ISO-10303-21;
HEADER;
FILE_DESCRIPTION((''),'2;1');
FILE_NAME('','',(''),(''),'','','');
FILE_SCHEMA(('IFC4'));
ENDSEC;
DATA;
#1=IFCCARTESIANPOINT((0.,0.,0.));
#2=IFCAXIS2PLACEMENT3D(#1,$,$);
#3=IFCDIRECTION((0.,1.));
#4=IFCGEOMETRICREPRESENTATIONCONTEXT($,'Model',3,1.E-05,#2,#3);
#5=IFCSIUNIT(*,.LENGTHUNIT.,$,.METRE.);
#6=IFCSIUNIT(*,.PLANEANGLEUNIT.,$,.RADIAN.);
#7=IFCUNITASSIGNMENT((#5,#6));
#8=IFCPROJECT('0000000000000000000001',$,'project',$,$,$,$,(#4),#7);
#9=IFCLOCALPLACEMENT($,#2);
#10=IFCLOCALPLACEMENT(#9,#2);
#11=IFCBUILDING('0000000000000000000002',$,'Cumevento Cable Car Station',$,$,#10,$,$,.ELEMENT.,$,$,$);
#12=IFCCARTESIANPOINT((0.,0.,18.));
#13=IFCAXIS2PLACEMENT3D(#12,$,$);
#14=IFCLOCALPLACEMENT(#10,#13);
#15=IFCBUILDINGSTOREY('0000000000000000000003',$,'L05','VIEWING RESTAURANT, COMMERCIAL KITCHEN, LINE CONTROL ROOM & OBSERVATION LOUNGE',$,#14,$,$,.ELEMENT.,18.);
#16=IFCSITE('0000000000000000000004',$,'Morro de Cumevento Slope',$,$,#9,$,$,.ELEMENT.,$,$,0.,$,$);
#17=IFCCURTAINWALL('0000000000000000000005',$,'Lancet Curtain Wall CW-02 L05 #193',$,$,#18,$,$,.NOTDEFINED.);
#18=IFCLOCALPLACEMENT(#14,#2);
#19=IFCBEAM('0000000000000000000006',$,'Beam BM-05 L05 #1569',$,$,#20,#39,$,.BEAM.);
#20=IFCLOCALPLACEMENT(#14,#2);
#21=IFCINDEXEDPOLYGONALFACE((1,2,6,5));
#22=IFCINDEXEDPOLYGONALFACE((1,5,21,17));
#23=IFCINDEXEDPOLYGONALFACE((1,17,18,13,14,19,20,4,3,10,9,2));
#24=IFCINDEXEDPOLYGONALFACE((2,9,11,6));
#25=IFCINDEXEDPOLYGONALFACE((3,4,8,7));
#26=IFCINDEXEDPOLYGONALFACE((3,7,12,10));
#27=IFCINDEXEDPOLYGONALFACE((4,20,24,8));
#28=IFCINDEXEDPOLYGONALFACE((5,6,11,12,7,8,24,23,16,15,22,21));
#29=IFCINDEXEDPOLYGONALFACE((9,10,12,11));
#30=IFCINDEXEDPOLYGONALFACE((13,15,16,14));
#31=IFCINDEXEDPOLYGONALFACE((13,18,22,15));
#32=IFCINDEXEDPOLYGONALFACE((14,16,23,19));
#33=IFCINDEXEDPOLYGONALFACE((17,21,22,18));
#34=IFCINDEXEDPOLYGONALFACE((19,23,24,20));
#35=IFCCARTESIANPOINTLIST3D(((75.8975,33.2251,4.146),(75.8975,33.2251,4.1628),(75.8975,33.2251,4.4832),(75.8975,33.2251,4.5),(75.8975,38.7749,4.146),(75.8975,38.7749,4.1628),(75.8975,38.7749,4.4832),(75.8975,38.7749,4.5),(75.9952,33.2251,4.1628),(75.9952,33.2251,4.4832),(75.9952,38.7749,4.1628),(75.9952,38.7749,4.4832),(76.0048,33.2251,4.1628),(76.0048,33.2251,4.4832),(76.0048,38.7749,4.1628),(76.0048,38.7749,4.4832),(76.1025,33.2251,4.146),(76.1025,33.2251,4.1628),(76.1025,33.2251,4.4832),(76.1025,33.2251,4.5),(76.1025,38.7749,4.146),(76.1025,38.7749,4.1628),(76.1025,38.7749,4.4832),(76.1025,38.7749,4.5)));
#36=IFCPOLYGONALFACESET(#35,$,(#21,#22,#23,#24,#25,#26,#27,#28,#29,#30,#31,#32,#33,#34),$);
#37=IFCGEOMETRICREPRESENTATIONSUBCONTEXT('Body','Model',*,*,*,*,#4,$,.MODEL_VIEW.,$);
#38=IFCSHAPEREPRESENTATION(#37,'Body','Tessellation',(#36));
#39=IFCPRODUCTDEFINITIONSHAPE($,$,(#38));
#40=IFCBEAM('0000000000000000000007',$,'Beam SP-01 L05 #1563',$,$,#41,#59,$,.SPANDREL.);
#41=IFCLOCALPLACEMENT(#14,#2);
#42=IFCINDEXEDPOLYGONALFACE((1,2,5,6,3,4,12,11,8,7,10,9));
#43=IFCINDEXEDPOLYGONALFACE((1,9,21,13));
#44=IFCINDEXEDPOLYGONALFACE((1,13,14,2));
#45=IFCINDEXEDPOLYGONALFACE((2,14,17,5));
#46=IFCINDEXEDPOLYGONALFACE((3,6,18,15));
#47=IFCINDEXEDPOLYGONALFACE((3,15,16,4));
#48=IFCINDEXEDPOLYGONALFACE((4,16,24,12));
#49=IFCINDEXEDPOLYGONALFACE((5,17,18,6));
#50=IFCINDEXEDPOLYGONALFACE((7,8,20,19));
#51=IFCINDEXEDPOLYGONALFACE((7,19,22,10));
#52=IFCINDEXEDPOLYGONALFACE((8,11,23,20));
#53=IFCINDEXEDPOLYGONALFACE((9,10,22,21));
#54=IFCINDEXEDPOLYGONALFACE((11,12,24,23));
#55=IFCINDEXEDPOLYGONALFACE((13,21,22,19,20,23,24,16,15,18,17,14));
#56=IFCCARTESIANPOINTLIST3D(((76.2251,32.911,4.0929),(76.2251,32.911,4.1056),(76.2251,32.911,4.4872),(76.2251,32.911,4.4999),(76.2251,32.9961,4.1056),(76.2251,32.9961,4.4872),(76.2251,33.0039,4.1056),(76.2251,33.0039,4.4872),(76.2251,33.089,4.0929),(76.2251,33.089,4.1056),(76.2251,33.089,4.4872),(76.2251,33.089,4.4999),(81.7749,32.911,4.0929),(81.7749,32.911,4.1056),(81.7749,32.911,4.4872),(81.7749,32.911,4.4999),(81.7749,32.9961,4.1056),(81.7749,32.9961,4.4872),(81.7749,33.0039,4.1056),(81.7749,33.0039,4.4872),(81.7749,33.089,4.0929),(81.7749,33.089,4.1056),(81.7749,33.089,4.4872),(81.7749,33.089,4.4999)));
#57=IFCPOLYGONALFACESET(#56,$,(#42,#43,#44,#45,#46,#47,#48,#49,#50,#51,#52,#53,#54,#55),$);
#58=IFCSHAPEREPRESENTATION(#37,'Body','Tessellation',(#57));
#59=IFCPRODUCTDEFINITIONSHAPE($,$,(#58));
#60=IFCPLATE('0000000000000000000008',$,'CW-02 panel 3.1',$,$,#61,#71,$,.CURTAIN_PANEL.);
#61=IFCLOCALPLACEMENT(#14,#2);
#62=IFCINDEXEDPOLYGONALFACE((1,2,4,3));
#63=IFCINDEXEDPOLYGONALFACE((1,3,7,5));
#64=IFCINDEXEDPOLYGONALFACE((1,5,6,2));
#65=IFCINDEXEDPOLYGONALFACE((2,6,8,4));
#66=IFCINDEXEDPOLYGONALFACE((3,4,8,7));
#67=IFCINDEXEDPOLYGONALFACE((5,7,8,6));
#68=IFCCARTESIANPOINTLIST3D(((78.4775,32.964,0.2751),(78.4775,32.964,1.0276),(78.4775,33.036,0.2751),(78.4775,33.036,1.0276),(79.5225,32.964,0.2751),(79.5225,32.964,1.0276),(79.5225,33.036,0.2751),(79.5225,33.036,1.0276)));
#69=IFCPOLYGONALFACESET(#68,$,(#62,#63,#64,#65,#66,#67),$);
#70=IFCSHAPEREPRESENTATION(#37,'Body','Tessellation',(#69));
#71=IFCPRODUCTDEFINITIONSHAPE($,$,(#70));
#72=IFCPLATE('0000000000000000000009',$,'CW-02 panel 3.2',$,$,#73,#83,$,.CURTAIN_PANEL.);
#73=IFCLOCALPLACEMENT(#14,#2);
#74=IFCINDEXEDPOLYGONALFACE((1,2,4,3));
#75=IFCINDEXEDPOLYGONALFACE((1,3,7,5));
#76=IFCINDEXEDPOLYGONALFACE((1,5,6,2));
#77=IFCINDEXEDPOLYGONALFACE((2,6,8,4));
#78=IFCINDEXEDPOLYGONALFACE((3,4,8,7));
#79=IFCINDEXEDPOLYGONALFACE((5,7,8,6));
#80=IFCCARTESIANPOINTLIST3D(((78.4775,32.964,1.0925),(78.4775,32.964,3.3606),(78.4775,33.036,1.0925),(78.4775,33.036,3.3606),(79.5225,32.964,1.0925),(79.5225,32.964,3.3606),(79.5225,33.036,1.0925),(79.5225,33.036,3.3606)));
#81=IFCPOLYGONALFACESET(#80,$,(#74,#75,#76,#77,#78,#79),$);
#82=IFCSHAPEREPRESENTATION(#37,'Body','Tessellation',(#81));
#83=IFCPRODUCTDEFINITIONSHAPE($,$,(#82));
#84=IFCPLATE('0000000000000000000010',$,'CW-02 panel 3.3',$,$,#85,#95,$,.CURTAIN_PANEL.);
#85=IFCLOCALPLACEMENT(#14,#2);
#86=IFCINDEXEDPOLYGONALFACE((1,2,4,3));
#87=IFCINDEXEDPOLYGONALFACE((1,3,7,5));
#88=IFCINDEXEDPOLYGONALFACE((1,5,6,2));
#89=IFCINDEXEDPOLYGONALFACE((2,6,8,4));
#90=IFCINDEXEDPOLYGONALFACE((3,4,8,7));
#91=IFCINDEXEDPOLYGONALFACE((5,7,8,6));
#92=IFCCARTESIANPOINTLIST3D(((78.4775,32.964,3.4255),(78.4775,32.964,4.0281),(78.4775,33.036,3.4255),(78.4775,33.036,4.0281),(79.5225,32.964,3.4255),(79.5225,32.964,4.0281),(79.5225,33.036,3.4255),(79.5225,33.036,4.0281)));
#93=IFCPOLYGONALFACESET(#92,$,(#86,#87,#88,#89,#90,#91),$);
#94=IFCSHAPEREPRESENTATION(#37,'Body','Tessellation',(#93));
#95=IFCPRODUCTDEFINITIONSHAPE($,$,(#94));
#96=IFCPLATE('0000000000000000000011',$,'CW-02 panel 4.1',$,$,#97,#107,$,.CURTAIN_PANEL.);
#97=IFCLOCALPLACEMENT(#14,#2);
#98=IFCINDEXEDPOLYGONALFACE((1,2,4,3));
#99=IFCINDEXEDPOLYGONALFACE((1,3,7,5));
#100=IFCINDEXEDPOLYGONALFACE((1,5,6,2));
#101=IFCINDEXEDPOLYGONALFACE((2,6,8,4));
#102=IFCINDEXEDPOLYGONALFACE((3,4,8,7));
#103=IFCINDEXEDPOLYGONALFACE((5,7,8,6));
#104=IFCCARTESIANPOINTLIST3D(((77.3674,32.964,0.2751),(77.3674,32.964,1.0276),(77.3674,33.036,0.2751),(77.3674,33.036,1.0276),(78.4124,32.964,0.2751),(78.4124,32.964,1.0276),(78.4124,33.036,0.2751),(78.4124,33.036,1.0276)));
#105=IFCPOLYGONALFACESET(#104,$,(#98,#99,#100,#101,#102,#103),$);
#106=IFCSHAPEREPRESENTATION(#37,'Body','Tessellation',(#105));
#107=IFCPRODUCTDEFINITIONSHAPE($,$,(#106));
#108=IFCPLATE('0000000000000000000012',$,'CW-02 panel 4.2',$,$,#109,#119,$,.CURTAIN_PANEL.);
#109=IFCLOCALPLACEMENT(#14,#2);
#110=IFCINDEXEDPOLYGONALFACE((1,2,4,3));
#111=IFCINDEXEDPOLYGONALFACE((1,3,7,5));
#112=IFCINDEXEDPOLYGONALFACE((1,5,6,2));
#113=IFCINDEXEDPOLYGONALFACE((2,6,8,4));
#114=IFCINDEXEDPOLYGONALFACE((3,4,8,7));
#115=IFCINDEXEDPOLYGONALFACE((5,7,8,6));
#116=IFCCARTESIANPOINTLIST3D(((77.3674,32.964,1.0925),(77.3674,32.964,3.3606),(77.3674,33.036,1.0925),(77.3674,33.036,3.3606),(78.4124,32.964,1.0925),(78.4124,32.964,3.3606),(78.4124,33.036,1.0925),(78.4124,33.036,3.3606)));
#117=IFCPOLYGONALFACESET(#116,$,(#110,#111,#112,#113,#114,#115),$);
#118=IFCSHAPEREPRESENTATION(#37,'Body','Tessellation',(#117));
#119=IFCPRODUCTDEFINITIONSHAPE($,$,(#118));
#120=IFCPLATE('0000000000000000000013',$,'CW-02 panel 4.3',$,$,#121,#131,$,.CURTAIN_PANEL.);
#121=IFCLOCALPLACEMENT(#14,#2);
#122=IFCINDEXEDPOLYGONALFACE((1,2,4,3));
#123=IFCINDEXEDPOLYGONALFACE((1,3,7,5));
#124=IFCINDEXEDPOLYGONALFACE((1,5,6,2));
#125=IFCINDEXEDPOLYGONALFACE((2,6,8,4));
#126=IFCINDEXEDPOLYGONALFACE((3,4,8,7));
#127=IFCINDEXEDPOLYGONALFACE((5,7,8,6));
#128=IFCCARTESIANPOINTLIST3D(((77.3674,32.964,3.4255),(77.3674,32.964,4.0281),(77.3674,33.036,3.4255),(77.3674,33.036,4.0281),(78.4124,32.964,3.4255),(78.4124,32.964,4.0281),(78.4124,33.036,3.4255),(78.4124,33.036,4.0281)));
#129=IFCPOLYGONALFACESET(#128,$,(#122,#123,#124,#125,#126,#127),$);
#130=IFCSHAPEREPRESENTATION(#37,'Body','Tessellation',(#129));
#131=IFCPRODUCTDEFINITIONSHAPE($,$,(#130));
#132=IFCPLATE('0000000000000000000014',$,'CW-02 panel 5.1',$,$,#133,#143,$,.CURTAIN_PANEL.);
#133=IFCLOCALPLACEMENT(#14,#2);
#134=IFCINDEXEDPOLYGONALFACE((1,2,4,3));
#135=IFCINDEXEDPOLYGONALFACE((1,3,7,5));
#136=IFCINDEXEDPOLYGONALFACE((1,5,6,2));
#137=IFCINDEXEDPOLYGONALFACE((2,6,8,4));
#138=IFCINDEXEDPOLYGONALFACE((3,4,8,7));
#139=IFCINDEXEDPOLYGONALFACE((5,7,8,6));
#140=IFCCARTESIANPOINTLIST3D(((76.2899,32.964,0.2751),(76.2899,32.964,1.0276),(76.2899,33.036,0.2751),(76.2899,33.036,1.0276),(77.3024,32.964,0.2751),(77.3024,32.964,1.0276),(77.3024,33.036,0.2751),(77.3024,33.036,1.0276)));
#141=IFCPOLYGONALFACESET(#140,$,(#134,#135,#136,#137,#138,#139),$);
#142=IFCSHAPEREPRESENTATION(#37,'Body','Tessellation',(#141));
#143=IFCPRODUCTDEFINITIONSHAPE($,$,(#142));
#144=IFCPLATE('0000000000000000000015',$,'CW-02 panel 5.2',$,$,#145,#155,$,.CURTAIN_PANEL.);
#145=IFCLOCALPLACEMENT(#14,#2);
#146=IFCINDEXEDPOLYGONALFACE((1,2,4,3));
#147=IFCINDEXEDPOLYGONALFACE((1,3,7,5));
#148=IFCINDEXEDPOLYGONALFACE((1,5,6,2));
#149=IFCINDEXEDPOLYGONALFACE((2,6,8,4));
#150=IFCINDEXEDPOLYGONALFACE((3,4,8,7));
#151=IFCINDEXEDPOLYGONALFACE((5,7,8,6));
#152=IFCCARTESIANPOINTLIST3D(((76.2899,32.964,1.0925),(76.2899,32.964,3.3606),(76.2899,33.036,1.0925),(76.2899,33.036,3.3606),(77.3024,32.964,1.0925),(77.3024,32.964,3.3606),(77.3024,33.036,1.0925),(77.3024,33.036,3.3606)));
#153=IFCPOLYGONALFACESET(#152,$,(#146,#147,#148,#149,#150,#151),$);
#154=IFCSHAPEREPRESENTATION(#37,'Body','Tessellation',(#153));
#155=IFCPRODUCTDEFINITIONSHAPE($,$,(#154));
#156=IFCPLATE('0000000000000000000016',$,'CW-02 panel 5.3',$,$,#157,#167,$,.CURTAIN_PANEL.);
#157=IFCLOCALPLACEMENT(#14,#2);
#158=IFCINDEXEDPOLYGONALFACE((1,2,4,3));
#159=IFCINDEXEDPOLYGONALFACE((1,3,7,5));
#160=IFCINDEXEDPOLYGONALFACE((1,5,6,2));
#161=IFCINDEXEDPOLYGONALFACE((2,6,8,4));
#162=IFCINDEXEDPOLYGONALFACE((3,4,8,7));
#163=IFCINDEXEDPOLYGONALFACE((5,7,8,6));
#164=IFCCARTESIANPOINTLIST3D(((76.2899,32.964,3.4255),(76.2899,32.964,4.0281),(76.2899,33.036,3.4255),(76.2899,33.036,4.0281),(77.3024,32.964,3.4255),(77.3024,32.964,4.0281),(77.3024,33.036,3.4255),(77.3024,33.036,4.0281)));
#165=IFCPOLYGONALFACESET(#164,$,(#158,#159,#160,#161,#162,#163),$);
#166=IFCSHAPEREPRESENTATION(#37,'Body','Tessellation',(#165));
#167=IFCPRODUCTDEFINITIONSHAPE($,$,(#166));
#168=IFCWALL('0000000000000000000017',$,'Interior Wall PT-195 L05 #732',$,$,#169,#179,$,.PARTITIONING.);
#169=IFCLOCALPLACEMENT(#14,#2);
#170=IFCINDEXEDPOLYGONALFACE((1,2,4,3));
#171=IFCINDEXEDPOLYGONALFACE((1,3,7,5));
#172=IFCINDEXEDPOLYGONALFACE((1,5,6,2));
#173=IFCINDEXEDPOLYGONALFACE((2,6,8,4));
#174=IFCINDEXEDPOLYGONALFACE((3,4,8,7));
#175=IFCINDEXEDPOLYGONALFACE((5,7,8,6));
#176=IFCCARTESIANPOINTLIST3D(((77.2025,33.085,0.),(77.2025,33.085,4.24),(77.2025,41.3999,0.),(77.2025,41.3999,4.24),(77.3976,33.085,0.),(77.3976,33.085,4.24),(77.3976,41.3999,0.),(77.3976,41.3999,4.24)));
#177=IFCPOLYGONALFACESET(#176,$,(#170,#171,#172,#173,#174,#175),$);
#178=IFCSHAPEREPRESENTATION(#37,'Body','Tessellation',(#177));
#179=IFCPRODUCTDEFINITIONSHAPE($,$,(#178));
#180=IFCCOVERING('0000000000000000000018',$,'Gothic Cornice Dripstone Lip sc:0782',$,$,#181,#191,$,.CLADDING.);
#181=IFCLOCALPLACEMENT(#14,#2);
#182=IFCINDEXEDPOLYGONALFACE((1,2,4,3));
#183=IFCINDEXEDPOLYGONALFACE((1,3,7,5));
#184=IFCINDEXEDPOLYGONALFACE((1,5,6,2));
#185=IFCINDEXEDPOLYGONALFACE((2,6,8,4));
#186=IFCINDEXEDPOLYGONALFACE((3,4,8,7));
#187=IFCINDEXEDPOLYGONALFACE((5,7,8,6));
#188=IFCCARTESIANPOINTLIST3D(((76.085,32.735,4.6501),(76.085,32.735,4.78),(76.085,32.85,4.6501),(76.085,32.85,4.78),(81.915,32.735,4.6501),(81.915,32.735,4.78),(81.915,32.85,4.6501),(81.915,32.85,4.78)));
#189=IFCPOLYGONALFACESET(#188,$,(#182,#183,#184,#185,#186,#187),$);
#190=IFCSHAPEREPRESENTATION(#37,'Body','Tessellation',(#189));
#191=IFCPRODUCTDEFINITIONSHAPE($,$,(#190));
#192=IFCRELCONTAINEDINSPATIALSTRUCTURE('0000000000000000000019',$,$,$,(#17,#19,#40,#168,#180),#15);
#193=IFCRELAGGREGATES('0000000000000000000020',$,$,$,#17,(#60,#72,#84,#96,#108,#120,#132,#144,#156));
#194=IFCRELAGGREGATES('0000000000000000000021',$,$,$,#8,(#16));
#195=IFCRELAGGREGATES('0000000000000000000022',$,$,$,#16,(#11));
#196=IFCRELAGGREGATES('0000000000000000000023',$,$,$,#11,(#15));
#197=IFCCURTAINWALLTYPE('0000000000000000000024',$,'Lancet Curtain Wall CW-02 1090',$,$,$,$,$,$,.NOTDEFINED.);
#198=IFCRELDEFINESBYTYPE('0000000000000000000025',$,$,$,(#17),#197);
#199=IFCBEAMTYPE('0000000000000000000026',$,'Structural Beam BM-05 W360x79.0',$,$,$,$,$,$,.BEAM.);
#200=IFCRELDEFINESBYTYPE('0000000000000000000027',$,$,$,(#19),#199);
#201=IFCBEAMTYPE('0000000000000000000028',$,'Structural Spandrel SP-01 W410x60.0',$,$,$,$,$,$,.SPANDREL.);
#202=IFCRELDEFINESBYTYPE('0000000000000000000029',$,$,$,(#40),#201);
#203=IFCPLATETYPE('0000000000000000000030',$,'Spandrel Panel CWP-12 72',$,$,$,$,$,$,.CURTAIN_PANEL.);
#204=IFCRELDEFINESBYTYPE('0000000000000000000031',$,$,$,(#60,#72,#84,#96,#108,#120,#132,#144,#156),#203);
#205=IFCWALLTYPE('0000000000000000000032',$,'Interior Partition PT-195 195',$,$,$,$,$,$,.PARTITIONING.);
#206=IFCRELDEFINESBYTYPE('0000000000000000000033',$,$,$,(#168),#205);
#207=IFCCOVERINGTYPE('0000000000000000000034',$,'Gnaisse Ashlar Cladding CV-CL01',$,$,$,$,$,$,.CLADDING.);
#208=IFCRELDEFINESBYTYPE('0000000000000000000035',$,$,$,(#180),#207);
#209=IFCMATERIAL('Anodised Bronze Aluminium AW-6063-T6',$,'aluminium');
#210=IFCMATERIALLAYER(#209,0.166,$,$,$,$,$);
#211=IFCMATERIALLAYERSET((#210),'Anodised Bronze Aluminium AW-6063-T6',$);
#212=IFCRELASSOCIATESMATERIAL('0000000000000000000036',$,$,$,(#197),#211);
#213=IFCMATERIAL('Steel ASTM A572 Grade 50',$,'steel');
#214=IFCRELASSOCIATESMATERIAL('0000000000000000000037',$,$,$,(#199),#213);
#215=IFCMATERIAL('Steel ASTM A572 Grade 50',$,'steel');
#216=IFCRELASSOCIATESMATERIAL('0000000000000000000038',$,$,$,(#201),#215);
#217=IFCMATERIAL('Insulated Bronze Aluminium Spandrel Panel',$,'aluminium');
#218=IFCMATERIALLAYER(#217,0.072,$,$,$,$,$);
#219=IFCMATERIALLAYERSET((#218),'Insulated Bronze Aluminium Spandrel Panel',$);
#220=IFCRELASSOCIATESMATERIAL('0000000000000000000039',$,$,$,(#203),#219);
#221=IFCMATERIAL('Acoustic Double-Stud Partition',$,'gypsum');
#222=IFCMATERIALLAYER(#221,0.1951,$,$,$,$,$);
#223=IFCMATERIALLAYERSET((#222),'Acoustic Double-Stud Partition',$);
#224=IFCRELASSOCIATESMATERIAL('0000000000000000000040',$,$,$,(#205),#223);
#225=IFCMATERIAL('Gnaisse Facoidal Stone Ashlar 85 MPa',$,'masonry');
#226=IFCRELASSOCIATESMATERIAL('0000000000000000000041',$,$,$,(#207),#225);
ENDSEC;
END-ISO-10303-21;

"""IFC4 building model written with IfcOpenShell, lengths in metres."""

from ifc_helpers import new_model, si_unit, direction, frame, frame_2d, origin, origin_2d, place, context, subcontext, project, spatial, rectangle, i_section, extrude, material, layer, layer_set, material_profile, profile_set, type_object, element, aggregate, save


model = new_model("IFC4")

# Units and contexts
model_context = context("Model", 3, precision=1e-05, world=origin(), true_north=direction((0.0, 1.0)))
body_context = subcontext(model_context, "Body", "Model", "MODEL_VIEW")
ifc_project = project(units=[si_unit("LENGTHUNIT", "METRE"), si_unit("PLANEANGLEUNIT", "RADIAN")], contexts=[model_context])

# Site, building, storey
site_placement = place(None, origin())
site = spatial("IfcSite", under=ifc_project, at=site_placement, Name="Morro de Cumevento Slope", CompositionType="ELEMENT", RefElevation=0.0)
building_placement = place(site_placement, origin())
building = spatial("IfcBuilding", under=site, at=building_placement, Name="Cumevento Cable Car Station", CompositionType="ELEMENT")
storey_placement = place(building_placement, frame((0.0, 0.0, 18.0)))
storey = spatial("IfcBuildingStorey", under=building, at=storey_placement, Name="L05", Description="VIEWING RESTAURANT, COMMERCIAL KITCHEN, LINE CONTROL ROOM & OBSERVATION LOUNGE", CompositionType="ELEMENT", Elevation=18.0)

# Curtain wall
ifc_material_1 = material(Name="Anodised Bronze Aluminium AW-6063-T6", Category="aluminium")
ifc_layer_1 = layer(ifc_material_1, 0.166)
ifc_layer_set_1 = layer_set([ifc_layer_1], Name="Anodised Bronze Aluminium AW-6063-T6")
curtain_wall_type = type_object("IfcCurtainWallType", Name="Lancet Curtain Wall CW-02 1090", PredefinedType="NOTDEFINED", material=ifc_layer_set_1)
curtain_wall_placement = place(storey_placement, origin())
curtain_wall = element("IfcCurtainWall", 1, at=curtain_wall_placement, inside=storey, type_object=curtain_wall_type, Name="Lancet Curtain Wall CW-02 L05 #193", PredefinedType="NOTDEFINED")

# Beams
ifc_material_2 = material(Name="Steel ASTM A572 Grade 50", Category="steel")
ifc_material_profile_1 = material_profile(ifc_material_2, i_section(OverallWidth=0.2051, OverallDepth=0.354, WebThickness=0.0095, FlangeThickness=0.0168, at=origin_2d()), Name="W360x79.0")
ifc_profile_set_1 = profile_set([ifc_material_profile_1], Name="Steel ASTM A572 Grade 50")
beam_type_1 = type_object("IfcBeamType", Name="Structural Beam BM-05 W360x79.0", PredefinedType="BEAM", material=ifc_profile_set_1)
beam_1_placement = place(storey_placement, frame((76.0, 33.2251, 4.323), z_axis=(0.0, 1.0, 0.0), x_axis=(-1.0, 0.0, 0.0)))
element("IfcBeam", 2, at=beam_1_placement, inside=storey, type_object=beam_type_1, Name="Beam BM-05 L05 #1569", PredefinedType="BEAM", context=body_context, shape_type="SweptSolid", body=[
    extrude(i_section(OverallWidth=0.2051, OverallDepth=0.354, WebThickness=0.0095, FlangeThickness=0.0168, at=origin_2d()), origin(), (0.0, 0.0, 1.0), 5.5498),
])
ifc_material_3 = material(Name="Steel ASTM A572 Grade 50", Category="steel")
ifc_material_profile_2 = material_profile(ifc_material_3, i_section(OverallWidth=0.178, OverallDepth=0.407, WebThickness=0.0078, FlangeThickness=0.0127, at=origin_2d()), Name="W410x60.0")
ifc_profile_set_2 = profile_set([ifc_material_profile_2], Name="Steel ASTM A572 Grade 50")
beam_type_2 = type_object("IfcBeamType", Name="Structural Spandrel SP-01 W410x60.0", PredefinedType="SPANDREL", material=ifc_profile_set_2)
beam_2_placement = place(storey_placement, frame((76.2251, 33.0, 4.2964), z_axis=(1.0, 0.0, 0.0), x_axis=(0.0, 1.0, 0.0)))
element("IfcBeam", 3, at=beam_2_placement, inside=storey, type_object=beam_type_2, Name="Beam SP-01 L05 #1563", PredefinedType="SPANDREL", context=body_context, shape_type="SweptSolid", body=[
    extrude(i_section(OverallWidth=0.178, OverallDepth=0.407, WebThickness=0.0078, FlangeThickness=0.0127, at=origin_2d()), origin(), (0.0, 0.0, 1.0), 5.5498),
])

# Plates
ifc_material_4 = material(Name="Insulated Bronze Aluminium Spandrel Panel", Category="aluminium")
ifc_layer_2 = layer(ifc_material_4, 0.072)
ifc_layer_set_2 = layer_set([ifc_layer_2], Name="Insulated Bronze Aluminium Spandrel Panel")
plate_type = type_object("IfcPlateType", Name="Spandrel Panel CWP-12 72", PredefinedType="CURTAIN_PANEL", material=ifc_layer_set_2)
plate_1_placement = place(storey_placement, frame((79.0, 33.0, 0.2751), z_axis=(0.0, 0.0, 1.0), x_axis=(-1.0, 0.0, 0.0)))
plate_1 = element("IfcPlate", 4, at=plate_1_placement, type_object=plate_type, Name="CW-02 panel 3.1", PredefinedType="CURTAIN_PANEL", context=body_context, shape_type="SweptSolid", body=[
    extrude(rectangle(XDim=1.0449, YDim=0.072, at=origin_2d()), origin(), (0.0, 0.0, 1.0), 0.7524),
])
plate_2_placement = place(storey_placement, frame((79.0, 33.0, 1.0925), z_axis=(0.0, 0.0, 1.0), x_axis=(-1.0, 0.0, 0.0)))
plate_2 = element("IfcPlate", 5, at=plate_2_placement, type_object=plate_type, Name="CW-02 panel 3.2", PredefinedType="CURTAIN_PANEL", context=body_context, shape_type="SweptSolid", body=[
    extrude(rectangle(XDim=1.0449, YDim=0.072, at=origin_2d()), origin(), (0.0, 0.0, 1.0), 2.2681),
])
plate_3_placement = place(storey_placement, frame((79.0, 33.0, 3.4255), z_axis=(0.0, 0.0, 1.0), x_axis=(-1.0, 0.0, 0.0)))
plate_3 = element("IfcPlate", 6, at=plate_3_placement, type_object=plate_type, Name="CW-02 panel 3.3", PredefinedType="CURTAIN_PANEL", context=body_context, shape_type="SweptSolid", body=[
    extrude(rectangle(XDim=1.0449, YDim=0.072, at=origin_2d()), origin(), (0.0, 0.0, 1.0), 0.6025),
])
plate_4_placement = place(storey_placement, frame((77.8899, 33.0, 0.2751), z_axis=(0.0, 0.0, 1.0), x_axis=(-1.0, 0.0, 0.0)))
plate_4 = element("IfcPlate", 7, at=plate_4_placement, type_object=plate_type, Name="CW-02 panel 4.1", PredefinedType="CURTAIN_PANEL", context=body_context, shape_type="SweptSolid", body=[
    extrude(rectangle(XDim=1.0449, YDim=0.072, at=origin_2d()), origin(), (0.0, 0.0, 1.0), 0.7524),
])
plate_5_placement = place(storey_placement, frame((77.8899, 33.0, 1.0925), z_axis=(0.0, 0.0, 1.0), x_axis=(-1.0, 0.0, 0.0)))
plate_5 = element("IfcPlate", 8, at=plate_5_placement, type_object=plate_type, Name="CW-02 panel 4.2", PredefinedType="CURTAIN_PANEL", context=body_context, shape_type="SweptSolid", body=[
    extrude(rectangle(XDim=1.0449, YDim=0.072, at=origin_2d()), origin(), (0.0, 0.0, 1.0), 2.2681),
])
plate_6_placement = place(storey_placement, frame((77.8899, 33.0, 3.4255), z_axis=(0.0, 0.0, 1.0), x_axis=(-1.0, 0.0, 0.0)))
plate_6 = element("IfcPlate", 9, at=plate_6_placement, type_object=plate_type, Name="CW-02 panel 4.3", PredefinedType="CURTAIN_PANEL", context=body_context, shape_type="SweptSolid", body=[
    extrude(rectangle(XDim=1.0449, YDim=0.072, at=origin_2d()), origin(), (0.0, 0.0, 1.0), 0.6025),
])
plate_7_placement = place(storey_placement, frame((76.7961, 33.0, 0.2751), z_axis=(0.0, 0.0, 1.0), x_axis=(-1.0, 0.0, 0.0)))
plate_7 = element("IfcPlate", 10, at=plate_7_placement, type_object=plate_type, Name="CW-02 panel 5.1", PredefinedType="CURTAIN_PANEL", context=body_context, shape_type="SweptSolid", body=[
    extrude(rectangle(XDim=1.0125, YDim=0.072, at=origin_2d()), origin(), (0.0, 0.0, 1.0), 0.7524),
])
plate_8_placement = place(storey_placement, frame((76.7961, 33.0, 1.0925), z_axis=(0.0, 0.0, 1.0), x_axis=(-1.0, 0.0, 0.0)))
plate_8 = element("IfcPlate", 11, at=plate_8_placement, type_object=plate_type, Name="CW-02 panel 5.2", PredefinedType="CURTAIN_PANEL", context=body_context, shape_type="SweptSolid", body=[
    extrude(rectangle(XDim=1.0125, YDim=0.072, at=origin_2d()), origin(), (0.0, 0.0, 1.0), 2.2681),
])
plate_9_placement = place(storey_placement, frame((76.7961, 33.0, 3.4255), z_axis=(0.0, 0.0, 1.0), x_axis=(-1.0, 0.0, 0.0)))
plate_9 = element("IfcPlate", 12, at=plate_9_placement, type_object=plate_type, Name="CW-02 panel 5.3", PredefinedType="CURTAIN_PANEL", context=body_context, shape_type="SweptSolid", body=[
    extrude(rectangle(XDim=1.0125, YDim=0.072, at=origin_2d()), origin(), (0.0, 0.0, 1.0), 0.6025),
])
aggregate(curtain_wall, [plate_1, plate_2, plate_3, plate_4, plate_5, plate_6, plate_7, plate_8, plate_9])

# Wall
ifc_material_5 = material(Name="Acoustic Double-Stud Partition", Category="gypsum")
ifc_layer_3 = layer(ifc_material_5, 0.1951)
ifc_layer_set_3 = layer_set([ifc_layer_3], Name="Acoustic Double-Stud Partition")
wall_type = type_object("IfcWallType", Name="Interior Partition PT-195 195", PredefinedType="PARTITIONING", material=ifc_layer_set_3)
wall_placement = place(storey_placement, frame((77.3, 33.085, 0.0), z_axis=(0.0, 0.0, 1.0), x_axis=(0.0, 1.0, 0.0)))
element("IfcWall", 13, at=wall_placement, inside=storey, type_object=wall_type, Name="Interior Wall PT-195 L05 #732", PredefinedType="PARTITIONING", context=body_context, shape_type="SweptSolid", body=[
    extrude(rectangle(XDim=8.3149, YDim=0.1951, at=frame_2d((4.1575, 0.0))), origin(), (0.0, 0.0, 1.0), 4.24),
])

# Covering
ifc_material_6 = material(Name="Gnaisse Facoidal Stone Ashlar 85 MPa", Category="masonry")
covering_type = type_object("IfcCoveringType", Name="Gnaisse Ashlar Cladding CV-CL01", PredefinedType="CLADDING", material=ifc_material_6)
covering_1_placement = place(storey_placement, frame((79.0, 32.7925, 4.6501), z_axis=(0.0, 0.0, 1.0), x_axis=(-1.0, 0.0, 0.0)))
element("IfcCovering", 14, at=covering_1_placement, inside=storey, type_object=covering_type, Name="Gothic Cornice Dripstone Lip sc:0782", PredefinedType="CLADDING", context=body_context, shape_type="SweptSolid", body=[
    extrude(rectangle(XDim=5.8301, YDim=0.115, at=origin_2d()), origin(), (0.0, 0.0, 1.0), 0.1299),
])

save(model, "model.ifc")
